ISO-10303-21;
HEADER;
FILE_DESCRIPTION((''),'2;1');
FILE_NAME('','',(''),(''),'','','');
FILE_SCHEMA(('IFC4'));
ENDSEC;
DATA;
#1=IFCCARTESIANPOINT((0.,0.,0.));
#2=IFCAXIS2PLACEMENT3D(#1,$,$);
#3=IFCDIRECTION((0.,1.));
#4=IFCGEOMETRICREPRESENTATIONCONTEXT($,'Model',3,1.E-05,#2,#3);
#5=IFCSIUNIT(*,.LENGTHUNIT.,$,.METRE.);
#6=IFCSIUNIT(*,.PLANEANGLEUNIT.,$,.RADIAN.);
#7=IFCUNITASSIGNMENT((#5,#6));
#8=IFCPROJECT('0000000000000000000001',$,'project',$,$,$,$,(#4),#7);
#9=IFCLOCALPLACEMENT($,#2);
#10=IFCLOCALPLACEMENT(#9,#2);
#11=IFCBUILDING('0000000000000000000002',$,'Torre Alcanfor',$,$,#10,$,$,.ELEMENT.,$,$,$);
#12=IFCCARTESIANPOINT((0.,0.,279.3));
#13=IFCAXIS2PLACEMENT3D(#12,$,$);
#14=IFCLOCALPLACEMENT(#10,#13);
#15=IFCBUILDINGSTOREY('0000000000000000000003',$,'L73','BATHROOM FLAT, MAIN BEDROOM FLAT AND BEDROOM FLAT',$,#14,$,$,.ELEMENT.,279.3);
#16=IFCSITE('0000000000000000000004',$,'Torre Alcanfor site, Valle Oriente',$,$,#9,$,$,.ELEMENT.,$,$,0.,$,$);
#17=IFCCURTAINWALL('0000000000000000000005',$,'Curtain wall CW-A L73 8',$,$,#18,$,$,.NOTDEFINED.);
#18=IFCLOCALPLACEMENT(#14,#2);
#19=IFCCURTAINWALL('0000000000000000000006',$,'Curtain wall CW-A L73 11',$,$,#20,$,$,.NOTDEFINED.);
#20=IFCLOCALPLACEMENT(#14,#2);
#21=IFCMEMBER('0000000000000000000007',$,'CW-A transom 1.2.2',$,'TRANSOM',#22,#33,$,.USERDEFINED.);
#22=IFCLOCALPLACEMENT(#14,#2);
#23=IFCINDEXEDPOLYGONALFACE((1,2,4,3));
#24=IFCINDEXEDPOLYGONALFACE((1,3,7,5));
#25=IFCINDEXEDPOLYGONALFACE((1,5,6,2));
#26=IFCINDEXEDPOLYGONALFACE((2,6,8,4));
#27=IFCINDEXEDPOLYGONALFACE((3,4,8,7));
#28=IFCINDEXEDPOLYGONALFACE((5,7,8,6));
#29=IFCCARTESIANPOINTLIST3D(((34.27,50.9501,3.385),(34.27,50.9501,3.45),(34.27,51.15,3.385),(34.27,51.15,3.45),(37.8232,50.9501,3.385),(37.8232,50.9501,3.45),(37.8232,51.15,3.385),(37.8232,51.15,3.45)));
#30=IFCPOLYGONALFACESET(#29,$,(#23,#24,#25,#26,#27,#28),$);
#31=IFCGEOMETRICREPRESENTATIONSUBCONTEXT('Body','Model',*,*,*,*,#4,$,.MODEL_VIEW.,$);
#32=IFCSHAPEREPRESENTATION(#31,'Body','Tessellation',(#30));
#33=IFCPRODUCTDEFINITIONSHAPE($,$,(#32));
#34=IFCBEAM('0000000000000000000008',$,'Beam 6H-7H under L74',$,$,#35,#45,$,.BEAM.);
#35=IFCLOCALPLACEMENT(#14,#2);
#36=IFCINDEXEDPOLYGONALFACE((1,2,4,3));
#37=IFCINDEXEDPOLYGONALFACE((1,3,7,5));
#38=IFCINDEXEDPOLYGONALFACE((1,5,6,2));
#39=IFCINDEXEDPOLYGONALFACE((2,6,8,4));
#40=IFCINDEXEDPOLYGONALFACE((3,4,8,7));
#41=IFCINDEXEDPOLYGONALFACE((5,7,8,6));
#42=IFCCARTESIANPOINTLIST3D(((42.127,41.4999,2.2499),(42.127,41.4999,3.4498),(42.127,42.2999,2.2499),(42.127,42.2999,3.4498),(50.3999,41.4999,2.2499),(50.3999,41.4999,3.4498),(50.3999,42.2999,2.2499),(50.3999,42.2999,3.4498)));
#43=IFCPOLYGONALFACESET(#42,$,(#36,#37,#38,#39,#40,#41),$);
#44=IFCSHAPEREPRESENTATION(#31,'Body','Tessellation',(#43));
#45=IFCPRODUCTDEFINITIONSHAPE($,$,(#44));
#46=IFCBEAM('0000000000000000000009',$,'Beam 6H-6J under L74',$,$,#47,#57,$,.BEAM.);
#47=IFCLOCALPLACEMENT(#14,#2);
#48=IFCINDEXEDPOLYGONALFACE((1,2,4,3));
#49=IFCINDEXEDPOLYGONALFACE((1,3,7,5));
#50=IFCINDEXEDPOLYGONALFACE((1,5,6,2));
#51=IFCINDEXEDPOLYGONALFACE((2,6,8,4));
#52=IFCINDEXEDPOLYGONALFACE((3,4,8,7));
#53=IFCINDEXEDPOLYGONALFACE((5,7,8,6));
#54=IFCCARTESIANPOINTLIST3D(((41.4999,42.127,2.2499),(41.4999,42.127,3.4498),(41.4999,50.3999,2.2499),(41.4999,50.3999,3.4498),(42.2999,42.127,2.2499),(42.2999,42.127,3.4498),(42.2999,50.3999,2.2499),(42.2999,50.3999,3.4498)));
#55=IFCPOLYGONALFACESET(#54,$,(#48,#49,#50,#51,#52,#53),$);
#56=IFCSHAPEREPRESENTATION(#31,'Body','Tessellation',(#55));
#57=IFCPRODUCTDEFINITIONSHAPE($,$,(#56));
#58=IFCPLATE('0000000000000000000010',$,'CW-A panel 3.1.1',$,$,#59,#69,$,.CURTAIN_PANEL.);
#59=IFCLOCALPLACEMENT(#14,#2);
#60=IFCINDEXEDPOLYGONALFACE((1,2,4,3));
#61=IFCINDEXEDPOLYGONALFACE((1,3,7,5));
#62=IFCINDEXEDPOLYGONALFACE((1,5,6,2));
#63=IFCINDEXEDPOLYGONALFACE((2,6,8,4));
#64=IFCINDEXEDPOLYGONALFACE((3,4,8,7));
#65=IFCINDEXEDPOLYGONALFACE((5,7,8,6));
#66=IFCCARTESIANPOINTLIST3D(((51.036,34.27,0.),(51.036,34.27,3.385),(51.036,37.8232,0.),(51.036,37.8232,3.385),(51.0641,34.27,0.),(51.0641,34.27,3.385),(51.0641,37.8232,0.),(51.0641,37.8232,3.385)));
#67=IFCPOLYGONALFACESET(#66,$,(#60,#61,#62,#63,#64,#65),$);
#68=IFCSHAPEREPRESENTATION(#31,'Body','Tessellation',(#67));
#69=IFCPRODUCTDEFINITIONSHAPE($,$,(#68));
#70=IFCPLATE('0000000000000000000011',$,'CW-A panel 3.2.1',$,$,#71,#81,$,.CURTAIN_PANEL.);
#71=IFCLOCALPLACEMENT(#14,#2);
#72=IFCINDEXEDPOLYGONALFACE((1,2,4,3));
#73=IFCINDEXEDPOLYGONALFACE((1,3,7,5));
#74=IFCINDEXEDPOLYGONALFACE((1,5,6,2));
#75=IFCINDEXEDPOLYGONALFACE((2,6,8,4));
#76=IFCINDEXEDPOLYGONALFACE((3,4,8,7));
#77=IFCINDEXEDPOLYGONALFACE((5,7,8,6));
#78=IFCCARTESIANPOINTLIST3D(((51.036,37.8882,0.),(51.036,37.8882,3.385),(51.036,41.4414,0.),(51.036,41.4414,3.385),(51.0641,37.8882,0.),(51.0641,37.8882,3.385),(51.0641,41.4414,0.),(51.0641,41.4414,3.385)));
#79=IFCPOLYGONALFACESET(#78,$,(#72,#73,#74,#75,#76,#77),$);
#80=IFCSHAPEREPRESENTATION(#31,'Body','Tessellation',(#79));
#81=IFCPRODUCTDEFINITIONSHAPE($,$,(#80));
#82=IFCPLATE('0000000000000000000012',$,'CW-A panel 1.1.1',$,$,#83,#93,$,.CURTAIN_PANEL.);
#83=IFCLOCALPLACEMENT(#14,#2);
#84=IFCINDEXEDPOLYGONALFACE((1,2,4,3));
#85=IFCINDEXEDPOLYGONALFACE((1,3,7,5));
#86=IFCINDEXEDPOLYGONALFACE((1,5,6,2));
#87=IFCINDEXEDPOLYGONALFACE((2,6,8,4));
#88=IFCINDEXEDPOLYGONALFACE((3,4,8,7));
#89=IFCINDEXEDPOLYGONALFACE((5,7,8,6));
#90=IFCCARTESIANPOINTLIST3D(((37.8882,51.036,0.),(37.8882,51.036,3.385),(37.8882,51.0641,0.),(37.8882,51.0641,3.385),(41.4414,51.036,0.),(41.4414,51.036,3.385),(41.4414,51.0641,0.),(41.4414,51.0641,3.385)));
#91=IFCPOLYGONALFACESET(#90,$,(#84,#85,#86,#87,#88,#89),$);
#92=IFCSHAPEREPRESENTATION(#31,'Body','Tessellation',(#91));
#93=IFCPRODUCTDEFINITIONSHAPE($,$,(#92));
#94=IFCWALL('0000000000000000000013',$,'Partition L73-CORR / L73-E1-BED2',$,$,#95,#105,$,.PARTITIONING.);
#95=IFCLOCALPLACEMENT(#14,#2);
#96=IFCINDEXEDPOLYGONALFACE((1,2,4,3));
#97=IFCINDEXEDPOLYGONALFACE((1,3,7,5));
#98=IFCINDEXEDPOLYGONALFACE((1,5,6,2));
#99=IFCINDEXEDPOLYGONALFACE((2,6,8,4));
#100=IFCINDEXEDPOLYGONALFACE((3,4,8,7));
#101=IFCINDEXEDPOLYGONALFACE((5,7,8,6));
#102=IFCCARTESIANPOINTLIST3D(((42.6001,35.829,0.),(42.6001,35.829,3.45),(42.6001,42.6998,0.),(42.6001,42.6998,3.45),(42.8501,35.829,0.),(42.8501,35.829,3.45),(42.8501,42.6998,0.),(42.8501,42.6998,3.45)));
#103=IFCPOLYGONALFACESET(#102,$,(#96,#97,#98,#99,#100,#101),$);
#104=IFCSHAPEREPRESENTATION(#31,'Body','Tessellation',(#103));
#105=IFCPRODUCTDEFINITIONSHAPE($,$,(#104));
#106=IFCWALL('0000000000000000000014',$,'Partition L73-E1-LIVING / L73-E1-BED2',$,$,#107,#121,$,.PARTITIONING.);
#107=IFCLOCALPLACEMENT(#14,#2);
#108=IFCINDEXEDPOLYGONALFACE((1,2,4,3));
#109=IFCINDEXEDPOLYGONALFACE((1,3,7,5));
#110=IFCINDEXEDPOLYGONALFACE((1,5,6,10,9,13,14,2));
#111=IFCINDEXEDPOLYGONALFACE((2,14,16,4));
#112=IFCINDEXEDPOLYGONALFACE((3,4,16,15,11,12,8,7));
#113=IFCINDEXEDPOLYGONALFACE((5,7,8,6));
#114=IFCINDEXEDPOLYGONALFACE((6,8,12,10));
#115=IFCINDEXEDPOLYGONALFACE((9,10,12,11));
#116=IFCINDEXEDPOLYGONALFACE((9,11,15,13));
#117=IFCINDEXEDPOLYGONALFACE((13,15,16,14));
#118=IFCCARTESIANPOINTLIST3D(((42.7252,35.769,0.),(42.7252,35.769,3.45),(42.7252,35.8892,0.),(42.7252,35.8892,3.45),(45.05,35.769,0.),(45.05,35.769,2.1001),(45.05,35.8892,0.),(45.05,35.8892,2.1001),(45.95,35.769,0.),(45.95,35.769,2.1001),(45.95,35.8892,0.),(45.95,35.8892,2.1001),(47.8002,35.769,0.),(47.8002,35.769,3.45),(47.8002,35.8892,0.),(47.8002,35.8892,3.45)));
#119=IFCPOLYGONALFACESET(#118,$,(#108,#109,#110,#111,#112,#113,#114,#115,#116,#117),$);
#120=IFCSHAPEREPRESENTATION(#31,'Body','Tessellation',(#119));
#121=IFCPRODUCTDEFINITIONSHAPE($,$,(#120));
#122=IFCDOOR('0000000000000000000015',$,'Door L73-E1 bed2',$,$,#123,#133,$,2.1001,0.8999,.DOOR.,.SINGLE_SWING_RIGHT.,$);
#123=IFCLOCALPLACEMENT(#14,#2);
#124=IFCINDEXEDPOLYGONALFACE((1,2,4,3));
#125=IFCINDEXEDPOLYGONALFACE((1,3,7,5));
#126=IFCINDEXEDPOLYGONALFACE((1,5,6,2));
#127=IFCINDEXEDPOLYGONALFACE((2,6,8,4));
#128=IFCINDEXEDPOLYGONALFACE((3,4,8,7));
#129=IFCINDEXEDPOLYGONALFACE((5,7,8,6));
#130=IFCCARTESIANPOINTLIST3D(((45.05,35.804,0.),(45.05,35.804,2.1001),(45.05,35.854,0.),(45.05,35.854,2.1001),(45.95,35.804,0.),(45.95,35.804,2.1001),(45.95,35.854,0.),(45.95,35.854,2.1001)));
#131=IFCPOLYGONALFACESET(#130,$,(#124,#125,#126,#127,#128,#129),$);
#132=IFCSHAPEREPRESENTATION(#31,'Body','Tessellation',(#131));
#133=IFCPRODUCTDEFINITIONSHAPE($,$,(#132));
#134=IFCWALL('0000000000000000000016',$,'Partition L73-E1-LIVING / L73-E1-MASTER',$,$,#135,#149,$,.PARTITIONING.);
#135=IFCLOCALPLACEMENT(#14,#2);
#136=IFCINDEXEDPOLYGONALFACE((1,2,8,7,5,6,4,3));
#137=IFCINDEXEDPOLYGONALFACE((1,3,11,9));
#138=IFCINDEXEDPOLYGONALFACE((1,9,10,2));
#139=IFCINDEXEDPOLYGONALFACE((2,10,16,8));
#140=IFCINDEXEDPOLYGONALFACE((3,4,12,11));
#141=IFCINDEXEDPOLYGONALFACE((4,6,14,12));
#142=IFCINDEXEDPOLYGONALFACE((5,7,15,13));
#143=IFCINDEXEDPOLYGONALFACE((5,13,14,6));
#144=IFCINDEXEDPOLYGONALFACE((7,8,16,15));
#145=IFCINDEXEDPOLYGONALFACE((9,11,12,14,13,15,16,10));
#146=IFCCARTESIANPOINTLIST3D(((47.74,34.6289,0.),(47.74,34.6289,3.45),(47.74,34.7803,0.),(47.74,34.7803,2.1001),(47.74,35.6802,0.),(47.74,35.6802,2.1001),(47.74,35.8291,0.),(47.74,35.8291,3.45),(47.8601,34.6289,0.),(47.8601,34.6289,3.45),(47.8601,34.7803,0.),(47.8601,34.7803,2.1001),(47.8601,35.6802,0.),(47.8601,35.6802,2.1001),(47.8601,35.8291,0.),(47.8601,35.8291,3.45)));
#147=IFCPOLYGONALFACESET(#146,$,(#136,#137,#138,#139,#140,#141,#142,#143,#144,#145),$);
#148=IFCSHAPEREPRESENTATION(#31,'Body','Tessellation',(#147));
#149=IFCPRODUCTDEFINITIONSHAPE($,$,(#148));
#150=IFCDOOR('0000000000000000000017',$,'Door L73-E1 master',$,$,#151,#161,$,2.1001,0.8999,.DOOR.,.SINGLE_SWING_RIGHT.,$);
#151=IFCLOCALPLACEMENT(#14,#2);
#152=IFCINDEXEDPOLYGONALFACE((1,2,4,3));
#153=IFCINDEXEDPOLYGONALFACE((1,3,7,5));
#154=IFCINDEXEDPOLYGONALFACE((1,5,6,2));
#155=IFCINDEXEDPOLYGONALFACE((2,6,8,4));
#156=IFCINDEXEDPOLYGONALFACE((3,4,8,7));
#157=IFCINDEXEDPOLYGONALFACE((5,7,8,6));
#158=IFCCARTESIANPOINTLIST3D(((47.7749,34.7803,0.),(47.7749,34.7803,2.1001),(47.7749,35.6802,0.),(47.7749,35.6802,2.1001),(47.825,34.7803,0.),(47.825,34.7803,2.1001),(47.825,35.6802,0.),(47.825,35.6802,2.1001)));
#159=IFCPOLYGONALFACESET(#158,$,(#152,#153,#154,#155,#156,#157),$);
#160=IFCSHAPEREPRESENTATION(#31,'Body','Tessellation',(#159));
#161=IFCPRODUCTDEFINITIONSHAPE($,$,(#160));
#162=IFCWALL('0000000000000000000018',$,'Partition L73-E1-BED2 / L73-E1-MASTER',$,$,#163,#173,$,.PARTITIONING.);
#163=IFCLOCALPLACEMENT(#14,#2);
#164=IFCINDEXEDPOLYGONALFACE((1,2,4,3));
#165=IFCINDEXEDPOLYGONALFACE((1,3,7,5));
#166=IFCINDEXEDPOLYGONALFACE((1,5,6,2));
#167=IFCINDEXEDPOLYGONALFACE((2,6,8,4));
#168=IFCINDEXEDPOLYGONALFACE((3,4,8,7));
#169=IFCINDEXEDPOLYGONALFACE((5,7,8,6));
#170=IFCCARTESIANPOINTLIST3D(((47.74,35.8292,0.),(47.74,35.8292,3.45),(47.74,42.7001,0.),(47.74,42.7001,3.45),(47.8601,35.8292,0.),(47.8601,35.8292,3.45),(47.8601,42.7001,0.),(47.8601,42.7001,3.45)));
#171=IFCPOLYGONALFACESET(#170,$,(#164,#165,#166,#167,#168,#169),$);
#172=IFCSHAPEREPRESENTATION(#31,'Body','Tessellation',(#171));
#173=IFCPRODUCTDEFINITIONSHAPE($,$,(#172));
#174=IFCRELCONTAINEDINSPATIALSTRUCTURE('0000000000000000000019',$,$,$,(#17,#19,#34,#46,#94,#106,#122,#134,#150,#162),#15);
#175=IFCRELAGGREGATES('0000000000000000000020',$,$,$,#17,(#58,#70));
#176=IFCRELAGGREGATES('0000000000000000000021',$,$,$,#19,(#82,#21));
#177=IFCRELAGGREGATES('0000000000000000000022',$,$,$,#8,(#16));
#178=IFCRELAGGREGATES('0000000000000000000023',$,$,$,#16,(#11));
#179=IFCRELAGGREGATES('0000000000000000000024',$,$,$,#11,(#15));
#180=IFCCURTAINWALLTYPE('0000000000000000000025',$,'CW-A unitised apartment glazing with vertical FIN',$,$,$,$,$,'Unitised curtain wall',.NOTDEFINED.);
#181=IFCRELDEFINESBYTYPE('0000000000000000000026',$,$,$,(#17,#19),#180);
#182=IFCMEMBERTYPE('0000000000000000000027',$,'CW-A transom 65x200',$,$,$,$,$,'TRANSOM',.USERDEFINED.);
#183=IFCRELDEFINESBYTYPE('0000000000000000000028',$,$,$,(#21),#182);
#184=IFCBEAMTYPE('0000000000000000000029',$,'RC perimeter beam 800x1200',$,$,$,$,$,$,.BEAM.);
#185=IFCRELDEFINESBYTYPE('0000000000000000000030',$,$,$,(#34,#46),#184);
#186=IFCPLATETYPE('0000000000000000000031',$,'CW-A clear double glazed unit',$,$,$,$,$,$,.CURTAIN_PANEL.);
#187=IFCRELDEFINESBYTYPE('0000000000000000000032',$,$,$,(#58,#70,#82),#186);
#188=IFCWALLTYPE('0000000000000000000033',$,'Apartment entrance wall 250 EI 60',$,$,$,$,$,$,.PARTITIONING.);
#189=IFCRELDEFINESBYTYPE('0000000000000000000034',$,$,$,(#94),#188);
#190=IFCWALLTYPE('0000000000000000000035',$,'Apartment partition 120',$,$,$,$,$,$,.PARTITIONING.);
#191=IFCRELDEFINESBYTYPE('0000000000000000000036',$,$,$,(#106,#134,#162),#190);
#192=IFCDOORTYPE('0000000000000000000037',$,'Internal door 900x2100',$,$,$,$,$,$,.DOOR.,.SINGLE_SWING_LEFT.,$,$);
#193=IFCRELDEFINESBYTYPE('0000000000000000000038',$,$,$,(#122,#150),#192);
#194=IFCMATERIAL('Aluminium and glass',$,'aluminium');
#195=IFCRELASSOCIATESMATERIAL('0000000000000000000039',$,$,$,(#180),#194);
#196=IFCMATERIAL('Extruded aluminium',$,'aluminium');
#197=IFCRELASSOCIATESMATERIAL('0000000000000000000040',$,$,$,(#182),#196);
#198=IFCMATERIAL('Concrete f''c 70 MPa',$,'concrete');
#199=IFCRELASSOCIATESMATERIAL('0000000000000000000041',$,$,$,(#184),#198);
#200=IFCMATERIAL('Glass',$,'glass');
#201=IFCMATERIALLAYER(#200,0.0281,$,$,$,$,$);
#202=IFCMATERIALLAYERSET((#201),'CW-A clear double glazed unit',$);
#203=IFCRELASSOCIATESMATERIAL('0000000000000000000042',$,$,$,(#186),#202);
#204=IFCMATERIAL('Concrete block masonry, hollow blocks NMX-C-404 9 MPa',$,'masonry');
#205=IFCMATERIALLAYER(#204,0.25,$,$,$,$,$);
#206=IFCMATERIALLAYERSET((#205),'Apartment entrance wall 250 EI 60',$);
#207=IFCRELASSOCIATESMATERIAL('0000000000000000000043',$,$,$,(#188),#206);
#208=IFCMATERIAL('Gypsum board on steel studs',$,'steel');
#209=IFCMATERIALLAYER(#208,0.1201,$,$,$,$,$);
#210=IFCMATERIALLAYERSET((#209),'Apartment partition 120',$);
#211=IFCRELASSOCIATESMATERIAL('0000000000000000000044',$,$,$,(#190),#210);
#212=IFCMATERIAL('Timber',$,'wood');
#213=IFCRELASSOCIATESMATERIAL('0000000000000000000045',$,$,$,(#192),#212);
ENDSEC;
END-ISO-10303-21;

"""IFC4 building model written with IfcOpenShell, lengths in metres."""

from ifc_helpers import new_model, si_unit, direction, frame, frame_2d, origin, origin_2d, place, context, subcontext, project, spatial, rectangle, extrude, material, layer, layer_set, material_profile, profile_set, type_object, element, fill, aggregate, save


model = new_model("IFC4")

# Units and contexts
model_context = context("Model", 3, precision=1e-05, world=origin(), true_north=direction((0.0, 1.0)))
body_context = subcontext(model_context, "Body", "Model", "MODEL_VIEW")
ifc_project = project(units=[si_unit("LENGTHUNIT", "METRE"), si_unit("PLANEANGLEUNIT", "RADIAN")], contexts=[model_context])

# Site, building, storey
site_placement = place(None, origin())
site = spatial("IfcSite", under=ifc_project, at=site_placement, Name="Torre Alcanfor site, Valle Oriente", CompositionType="ELEMENT", RefElevation=0.0)
building_placement = place(site_placement, origin())
building = spatial("IfcBuilding", under=site, at=building_placement, Name="Torre Alcanfor", CompositionType="ELEMENT")
storey_placement = place(building_placement, frame((0.0, 0.0, 279.3)))
storey = spatial("IfcBuildingStorey", under=building, at=storey_placement, Name="L73", Description="BATHROOM FLAT, MAIN BEDROOM FLAT AND BEDROOM FLAT", CompositionType="ELEMENT", Elevation=279.3)

# Curtain walls
ifc_material_1 = material(Name="Aluminium and glass", Category="aluminium")
curtain_wall_type = type_object("IfcCurtainWallType", Name="CW-A unitised apartment glazing with vertical FIN", ElementType="Unitised curtain wall", PredefinedType="NOTDEFINED", material=ifc_material_1)
curtain_wall_1_placement = place(storey_placement, origin())
curtain_wall_1 = element("IfcCurtainWall", 1, at=curtain_wall_1_placement, inside=storey, type_object=curtain_wall_type, Name="Curtain wall CW-A L73 8", PredefinedType="NOTDEFINED")
curtain_wall_2_placement = place(storey_placement, origin())
curtain_wall_2 = element("IfcCurtainWall", 2, at=curtain_wall_2_placement, inside=storey, type_object=curtain_wall_type, Name="Curtain wall CW-A L73 11", PredefinedType="NOTDEFINED")

# Member
ifc_material_2 = material(Name="Extruded aluminium", Category="aluminium")
ifc_material_profile_1 = material_profile(ifc_material_2, rectangle(XDim=0.2, YDim=0.0649, at=origin_2d()), Name="CW-A transom 200x65")
ifc_profile_set_1 = profile_set([ifc_material_profile_1], Name="Extruded aluminium")
member_type_1 = type_object("IfcMemberType", Name="CW-A transom 65x200", ElementType="TRANSOM", PredefinedType="USERDEFINED", material=ifc_profile_set_1)
member_1_placement = place(storey_placement, frame((37.8232, 51.05, 3.4175), z_axis=(-1.0, 0.0, 0.0), x_axis=(0.0, -1.0, 0.0)))
member_1 = element("IfcMember", 3, at=member_1_placement, type_object=member_type_1, Name="CW-A transom 1.2.2", ObjectType="TRANSOM", PredefinedType="USERDEFINED", context=body_context, shape_type="SweptSolid", body=[
    extrude(rectangle(XDim=0.2, YDim=0.0649, at=origin_2d()), origin(), (0.0, 0.0, 1.0), 3.5532),
])

# Beams
ifc_material_3 = material(Name="Concrete f'c 70 MPa", Category="concrete")
ifc_material_profile_2 = material_profile(ifc_material_3, rectangle(XDim=0.8, YDim=1.2, at=origin_2d()), Name="800x1200")
ifc_profile_set_2 = profile_set([ifc_material_profile_2], Name="Concrete f'c 70 MPa")
beam_type = type_object("IfcBeamType", Name="RC perimeter beam 800x1200", PredefinedType="BEAM", material=ifc_profile_set_2)
for number, where, z_axis, x_axis, name in (
    (4, (42.127, 41.8999, 2.8499), (1.0, 0.0, 0.0), (0.0, 1.0, 0.0), "Beam 6H-7H under L74"),
    (5, (41.8999, 42.127, 2.8499), (0.0, 1.0, 0.0), (-1.0, 0.0, 0.0), "Beam 6H-6J under L74"),
):
    element("IfcBeam", number, at=place(storey_placement, frame(where, z_axis=z_axis, x_axis=x_axis)), inside=storey, type_object=beam_type, Name=name, PredefinedType="BEAM", context=body_context, shape_type="SweptSolid", body=[
        extrude(rectangle(XDim=0.8, YDim=1.2, at=origin_2d()), origin(), (0.0, 0.0, 1.0), 8.2729),
    ])

# Plates
ifc_material_4 = material(Name="Glass", Category="glass")
ifc_layer_1 = layer(ifc_material_4, 0.0281)
ifc_layer_set_1 = layer_set([ifc_layer_1], Name="CW-A clear double glazed unit")
plate_type = type_object("IfcPlateType", Name="CW-A clear double glazed unit", PredefinedType="CURTAIN_PANEL", material=ifc_layer_set_1)
plate_1_placement = place(storey_placement, frame((51.05, 36.0466, 0.0), z_axis=(0.0, 0.0, 1.0), x_axis=(0.0, 1.0, 0.0)))
plate_1 = element("IfcPlate", 6, at=plate_1_placement, type_object=plate_type, Name="CW-A panel 3.1.1", PredefinedType="CURTAIN_PANEL", context=body_context, shape_type="SweptSolid", body=[
    extrude(rectangle(XDim=3.5532, YDim=0.0281, at=origin_2d()), origin(), (0.0, 0.0, 1.0), 3.385),
])
plate_2_placement = place(storey_placement, frame((51.05, 39.6648, 0.0), z_axis=(0.0, 0.0, 1.0), x_axis=(0.0, 1.0, 0.0)))
plate_2 = element("IfcPlate", 7, at=plate_2_placement, type_object=plate_type, Name="CW-A panel 3.2.1", PredefinedType="CURTAIN_PANEL", context=body_context, shape_type="SweptSolid", body=[
    extrude(rectangle(XDim=3.5532, YDim=0.0281, at=origin_2d()), origin(), (0.0, 0.0, 1.0), 3.385),
])
aggregate(curtain_wall_1, [plate_1, plate_2])
plate_3_placement = place(storey_placement, frame((39.6648, 51.05, 0.0), z_axis=(0.0, 0.0, 1.0), x_axis=(-1.0, 0.0, 0.0)))
plate_3 = element("IfcPlate", 8, at=plate_3_placement, type_object=plate_type, Name="CW-A panel 1.1.1", PredefinedType="CURTAIN_PANEL", context=body_context, shape_type="SweptSolid", body=[
    extrude(rectangle(XDim=3.5532, YDim=0.0281, at=origin_2d()), origin(), (0.0, 0.0, 1.0), 3.385),
])
aggregate(curtain_wall_2, [plate_3, member_1])

# Wall
ifc_material_5 = material(Name="Concrete block masonry, hollow blocks NMX-C-404 9 MPa", Category="masonry")
ifc_layer_2 = layer(ifc_material_5, 0.25)
ifc_layer_set_2 = layer_set([ifc_layer_2], Name="Apartment entrance wall 250 EI 60")
wall_type_1 = type_object("IfcWallType", Name="Apartment entrance wall 250 EI 60", PredefinedType="PARTITIONING", material=ifc_layer_set_2)
wall_1_placement = place(storey_placement, frame((42.7251, 42.7, 0.0), z_axis=(0.0, 0.0, 1.0), x_axis=(0.0, -1.0, 0.0)))
element("IfcWall", 9, at=wall_1_placement, inside=storey, type_object=wall_type_1, Name="Partition L73-CORR / L73-E1-BED2", PredefinedType="PARTITIONING", context=body_context, shape_type="SweptSolid", body=[
    extrude(rectangle(XDim=6.8708, YDim=0.25, at=frame_2d((3.4355, 0.0))), origin(), (0.0, 0.0, 1.0), 3.45),
])

# Walls, openings, doors
ifc_material_6 = material(Name="Gypsum board on steel studs", Category="steel")
ifc_layer_3 = layer(ifc_material_6, 0.1201)
ifc_layer_set_3 = layer_set([ifc_layer_3], Name="Apartment partition 120")
wall_type_2 = type_object("IfcWallType", Name="Apartment partition 120", PredefinedType="PARTITIONING", material=ifc_layer_set_3)
wall_2_placement = place(storey_placement, frame((42.7251, 35.8291, 0.0), z_axis=(0.0, 0.0, 1.0), x_axis=(1.0, 0.0, 0.0)))
wall_2 = element("IfcWall", 10, at=wall_2_placement, inside=storey, type_object=wall_type_2, Name="Partition L73-E1-LIVING / L73-E1-BED2", PredefinedType="PARTITIONING", context=body_context, shape_type="SweptSolid", body=[
    extrude(rectangle(XDim=5.075, YDim=0.1201, at=frame_2d((2.5376, 0.0))), origin(), (0.0, 0.0, 1.0), 3.45),
])
opening_1_placement = place(wall_2_placement, frame((2.325, 0.0, 0.0)))
opening_1 = element("IfcOpeningElement", 11, at=opening_1_placement, cuts=wall_2, PredefinedType="OPENING", context=body_context, shape_type="SweptSolid", body=[
    extrude(rectangle(XDim=0.8999, YDim=2.1001, at=frame_2d((0.45, 1.05))), frame((0.0, 0.0701, 0.0), z_axis=(0.0, -1.0, 0.0), x_axis=(1.0, 0.0, 0.0)), (0.0, 0.0, 1.0), 0.1401),
])
ifc_material_7 = material(Name="Timber", Category="wood")
door_type = type_object("IfcDoorType", Name="Internal door 900x2100", OperationType="SINGLE_SWING_LEFT", PredefinedType="DOOR", material=ifc_material_7)
door_1_placement = place(opening_1_placement, origin())
door_1 = element("IfcDoor", 12, at=door_1_placement, inside=storey, type_object=door_type, Name="Door L73-E1 bed2", OperationType="SINGLE_SWING_RIGHT", OverallHeight=2.1001, OverallWidth=0.8999, PredefinedType="DOOR", context=body_context, shape_type="SweptSolid", body=[
    extrude(rectangle(XDim=0.8999, YDim=2.1001, at=frame_2d((0.45, 1.05))), frame((0.0, 0.0249, 0.0), z_axis=(0.0, -1.0, 0.0), x_axis=(1.0, 0.0, 0.0)), (0.0, 0.0, 1.0), 0.05),
])
fill(opening_1, door_1)
wall_3_placement = place(storey_placement, frame((47.8, 35.8291, 0.0), z_axis=(0.0, 0.0, 1.0), x_axis=(0.0, -1.0, 0.0)))
wall_3 = element("IfcWall", 13, at=wall_3_placement, inside=storey, type_object=wall_type_2, Name="Partition L73-E1-LIVING / L73-E1-MASTER", PredefinedType="PARTITIONING", context=body_context, shape_type="SweptSolid", body=[
    extrude(rectangle(XDim=1.2002, YDim=0.1201, at=frame_2d((0.6001, 0.0))), origin(), (0.0, 0.0, 1.0), 3.45),
])
opening_2_placement = place(wall_3_placement, frame((0.1489, 0.0, 0.0)))
opening_2 = element("IfcOpeningElement", 14, at=opening_2_placement, cuts=wall_3, PredefinedType="OPENING", context=body_context, shape_type="SweptSolid", body=[
    extrude(rectangle(XDim=0.8999, YDim=2.1001, at=frame_2d((0.45, 1.05))), frame((0.0, 0.0701, 0.0), z_axis=(0.0, -1.0, 0.0), x_axis=(1.0, 0.0, 0.0)), (0.0, 0.0, 1.0), 0.1401),
])
door_2_placement = place(opening_2_placement, origin())
door_2 = element("IfcDoor", 15, at=door_2_placement, inside=storey, type_object=door_type, Name="Door L73-E1 master", OperationType="SINGLE_SWING_RIGHT", OverallHeight=2.1001, OverallWidth=0.8999, PredefinedType="DOOR", context=body_context, shape_type="SweptSolid", body=[
    extrude(rectangle(XDim=0.8999, YDim=2.1001, at=frame_2d((0.45, 1.05))), frame((0.0, 0.0249, 0.0), z_axis=(0.0, -1.0, 0.0), x_axis=(1.0, 0.0, 0.0)), (0.0, 0.0, 1.0), 0.05),
])
fill(opening_2, door_2)

# Wall
wall_4_placement = place(storey_placement, frame((47.8, 35.8291, 0.0), z_axis=(0.0, 0.0, 1.0), x_axis=(0.0, 1.0, 0.0)))
element("IfcWall", 16, at=wall_4_placement, inside=storey, type_object=wall_type_2, Name="Partition L73-E1-BED2 / L73-E1-MASTER", PredefinedType="PARTITIONING", context=body_context, shape_type="SweptSolid", body=[
    extrude(rectangle(XDim=6.8708, YDim=0.1201, at=frame_2d((3.4355, 0.0))), origin(), (0.0, 0.0, 1.0), 3.45),
])

save(model, "model.ifc")
